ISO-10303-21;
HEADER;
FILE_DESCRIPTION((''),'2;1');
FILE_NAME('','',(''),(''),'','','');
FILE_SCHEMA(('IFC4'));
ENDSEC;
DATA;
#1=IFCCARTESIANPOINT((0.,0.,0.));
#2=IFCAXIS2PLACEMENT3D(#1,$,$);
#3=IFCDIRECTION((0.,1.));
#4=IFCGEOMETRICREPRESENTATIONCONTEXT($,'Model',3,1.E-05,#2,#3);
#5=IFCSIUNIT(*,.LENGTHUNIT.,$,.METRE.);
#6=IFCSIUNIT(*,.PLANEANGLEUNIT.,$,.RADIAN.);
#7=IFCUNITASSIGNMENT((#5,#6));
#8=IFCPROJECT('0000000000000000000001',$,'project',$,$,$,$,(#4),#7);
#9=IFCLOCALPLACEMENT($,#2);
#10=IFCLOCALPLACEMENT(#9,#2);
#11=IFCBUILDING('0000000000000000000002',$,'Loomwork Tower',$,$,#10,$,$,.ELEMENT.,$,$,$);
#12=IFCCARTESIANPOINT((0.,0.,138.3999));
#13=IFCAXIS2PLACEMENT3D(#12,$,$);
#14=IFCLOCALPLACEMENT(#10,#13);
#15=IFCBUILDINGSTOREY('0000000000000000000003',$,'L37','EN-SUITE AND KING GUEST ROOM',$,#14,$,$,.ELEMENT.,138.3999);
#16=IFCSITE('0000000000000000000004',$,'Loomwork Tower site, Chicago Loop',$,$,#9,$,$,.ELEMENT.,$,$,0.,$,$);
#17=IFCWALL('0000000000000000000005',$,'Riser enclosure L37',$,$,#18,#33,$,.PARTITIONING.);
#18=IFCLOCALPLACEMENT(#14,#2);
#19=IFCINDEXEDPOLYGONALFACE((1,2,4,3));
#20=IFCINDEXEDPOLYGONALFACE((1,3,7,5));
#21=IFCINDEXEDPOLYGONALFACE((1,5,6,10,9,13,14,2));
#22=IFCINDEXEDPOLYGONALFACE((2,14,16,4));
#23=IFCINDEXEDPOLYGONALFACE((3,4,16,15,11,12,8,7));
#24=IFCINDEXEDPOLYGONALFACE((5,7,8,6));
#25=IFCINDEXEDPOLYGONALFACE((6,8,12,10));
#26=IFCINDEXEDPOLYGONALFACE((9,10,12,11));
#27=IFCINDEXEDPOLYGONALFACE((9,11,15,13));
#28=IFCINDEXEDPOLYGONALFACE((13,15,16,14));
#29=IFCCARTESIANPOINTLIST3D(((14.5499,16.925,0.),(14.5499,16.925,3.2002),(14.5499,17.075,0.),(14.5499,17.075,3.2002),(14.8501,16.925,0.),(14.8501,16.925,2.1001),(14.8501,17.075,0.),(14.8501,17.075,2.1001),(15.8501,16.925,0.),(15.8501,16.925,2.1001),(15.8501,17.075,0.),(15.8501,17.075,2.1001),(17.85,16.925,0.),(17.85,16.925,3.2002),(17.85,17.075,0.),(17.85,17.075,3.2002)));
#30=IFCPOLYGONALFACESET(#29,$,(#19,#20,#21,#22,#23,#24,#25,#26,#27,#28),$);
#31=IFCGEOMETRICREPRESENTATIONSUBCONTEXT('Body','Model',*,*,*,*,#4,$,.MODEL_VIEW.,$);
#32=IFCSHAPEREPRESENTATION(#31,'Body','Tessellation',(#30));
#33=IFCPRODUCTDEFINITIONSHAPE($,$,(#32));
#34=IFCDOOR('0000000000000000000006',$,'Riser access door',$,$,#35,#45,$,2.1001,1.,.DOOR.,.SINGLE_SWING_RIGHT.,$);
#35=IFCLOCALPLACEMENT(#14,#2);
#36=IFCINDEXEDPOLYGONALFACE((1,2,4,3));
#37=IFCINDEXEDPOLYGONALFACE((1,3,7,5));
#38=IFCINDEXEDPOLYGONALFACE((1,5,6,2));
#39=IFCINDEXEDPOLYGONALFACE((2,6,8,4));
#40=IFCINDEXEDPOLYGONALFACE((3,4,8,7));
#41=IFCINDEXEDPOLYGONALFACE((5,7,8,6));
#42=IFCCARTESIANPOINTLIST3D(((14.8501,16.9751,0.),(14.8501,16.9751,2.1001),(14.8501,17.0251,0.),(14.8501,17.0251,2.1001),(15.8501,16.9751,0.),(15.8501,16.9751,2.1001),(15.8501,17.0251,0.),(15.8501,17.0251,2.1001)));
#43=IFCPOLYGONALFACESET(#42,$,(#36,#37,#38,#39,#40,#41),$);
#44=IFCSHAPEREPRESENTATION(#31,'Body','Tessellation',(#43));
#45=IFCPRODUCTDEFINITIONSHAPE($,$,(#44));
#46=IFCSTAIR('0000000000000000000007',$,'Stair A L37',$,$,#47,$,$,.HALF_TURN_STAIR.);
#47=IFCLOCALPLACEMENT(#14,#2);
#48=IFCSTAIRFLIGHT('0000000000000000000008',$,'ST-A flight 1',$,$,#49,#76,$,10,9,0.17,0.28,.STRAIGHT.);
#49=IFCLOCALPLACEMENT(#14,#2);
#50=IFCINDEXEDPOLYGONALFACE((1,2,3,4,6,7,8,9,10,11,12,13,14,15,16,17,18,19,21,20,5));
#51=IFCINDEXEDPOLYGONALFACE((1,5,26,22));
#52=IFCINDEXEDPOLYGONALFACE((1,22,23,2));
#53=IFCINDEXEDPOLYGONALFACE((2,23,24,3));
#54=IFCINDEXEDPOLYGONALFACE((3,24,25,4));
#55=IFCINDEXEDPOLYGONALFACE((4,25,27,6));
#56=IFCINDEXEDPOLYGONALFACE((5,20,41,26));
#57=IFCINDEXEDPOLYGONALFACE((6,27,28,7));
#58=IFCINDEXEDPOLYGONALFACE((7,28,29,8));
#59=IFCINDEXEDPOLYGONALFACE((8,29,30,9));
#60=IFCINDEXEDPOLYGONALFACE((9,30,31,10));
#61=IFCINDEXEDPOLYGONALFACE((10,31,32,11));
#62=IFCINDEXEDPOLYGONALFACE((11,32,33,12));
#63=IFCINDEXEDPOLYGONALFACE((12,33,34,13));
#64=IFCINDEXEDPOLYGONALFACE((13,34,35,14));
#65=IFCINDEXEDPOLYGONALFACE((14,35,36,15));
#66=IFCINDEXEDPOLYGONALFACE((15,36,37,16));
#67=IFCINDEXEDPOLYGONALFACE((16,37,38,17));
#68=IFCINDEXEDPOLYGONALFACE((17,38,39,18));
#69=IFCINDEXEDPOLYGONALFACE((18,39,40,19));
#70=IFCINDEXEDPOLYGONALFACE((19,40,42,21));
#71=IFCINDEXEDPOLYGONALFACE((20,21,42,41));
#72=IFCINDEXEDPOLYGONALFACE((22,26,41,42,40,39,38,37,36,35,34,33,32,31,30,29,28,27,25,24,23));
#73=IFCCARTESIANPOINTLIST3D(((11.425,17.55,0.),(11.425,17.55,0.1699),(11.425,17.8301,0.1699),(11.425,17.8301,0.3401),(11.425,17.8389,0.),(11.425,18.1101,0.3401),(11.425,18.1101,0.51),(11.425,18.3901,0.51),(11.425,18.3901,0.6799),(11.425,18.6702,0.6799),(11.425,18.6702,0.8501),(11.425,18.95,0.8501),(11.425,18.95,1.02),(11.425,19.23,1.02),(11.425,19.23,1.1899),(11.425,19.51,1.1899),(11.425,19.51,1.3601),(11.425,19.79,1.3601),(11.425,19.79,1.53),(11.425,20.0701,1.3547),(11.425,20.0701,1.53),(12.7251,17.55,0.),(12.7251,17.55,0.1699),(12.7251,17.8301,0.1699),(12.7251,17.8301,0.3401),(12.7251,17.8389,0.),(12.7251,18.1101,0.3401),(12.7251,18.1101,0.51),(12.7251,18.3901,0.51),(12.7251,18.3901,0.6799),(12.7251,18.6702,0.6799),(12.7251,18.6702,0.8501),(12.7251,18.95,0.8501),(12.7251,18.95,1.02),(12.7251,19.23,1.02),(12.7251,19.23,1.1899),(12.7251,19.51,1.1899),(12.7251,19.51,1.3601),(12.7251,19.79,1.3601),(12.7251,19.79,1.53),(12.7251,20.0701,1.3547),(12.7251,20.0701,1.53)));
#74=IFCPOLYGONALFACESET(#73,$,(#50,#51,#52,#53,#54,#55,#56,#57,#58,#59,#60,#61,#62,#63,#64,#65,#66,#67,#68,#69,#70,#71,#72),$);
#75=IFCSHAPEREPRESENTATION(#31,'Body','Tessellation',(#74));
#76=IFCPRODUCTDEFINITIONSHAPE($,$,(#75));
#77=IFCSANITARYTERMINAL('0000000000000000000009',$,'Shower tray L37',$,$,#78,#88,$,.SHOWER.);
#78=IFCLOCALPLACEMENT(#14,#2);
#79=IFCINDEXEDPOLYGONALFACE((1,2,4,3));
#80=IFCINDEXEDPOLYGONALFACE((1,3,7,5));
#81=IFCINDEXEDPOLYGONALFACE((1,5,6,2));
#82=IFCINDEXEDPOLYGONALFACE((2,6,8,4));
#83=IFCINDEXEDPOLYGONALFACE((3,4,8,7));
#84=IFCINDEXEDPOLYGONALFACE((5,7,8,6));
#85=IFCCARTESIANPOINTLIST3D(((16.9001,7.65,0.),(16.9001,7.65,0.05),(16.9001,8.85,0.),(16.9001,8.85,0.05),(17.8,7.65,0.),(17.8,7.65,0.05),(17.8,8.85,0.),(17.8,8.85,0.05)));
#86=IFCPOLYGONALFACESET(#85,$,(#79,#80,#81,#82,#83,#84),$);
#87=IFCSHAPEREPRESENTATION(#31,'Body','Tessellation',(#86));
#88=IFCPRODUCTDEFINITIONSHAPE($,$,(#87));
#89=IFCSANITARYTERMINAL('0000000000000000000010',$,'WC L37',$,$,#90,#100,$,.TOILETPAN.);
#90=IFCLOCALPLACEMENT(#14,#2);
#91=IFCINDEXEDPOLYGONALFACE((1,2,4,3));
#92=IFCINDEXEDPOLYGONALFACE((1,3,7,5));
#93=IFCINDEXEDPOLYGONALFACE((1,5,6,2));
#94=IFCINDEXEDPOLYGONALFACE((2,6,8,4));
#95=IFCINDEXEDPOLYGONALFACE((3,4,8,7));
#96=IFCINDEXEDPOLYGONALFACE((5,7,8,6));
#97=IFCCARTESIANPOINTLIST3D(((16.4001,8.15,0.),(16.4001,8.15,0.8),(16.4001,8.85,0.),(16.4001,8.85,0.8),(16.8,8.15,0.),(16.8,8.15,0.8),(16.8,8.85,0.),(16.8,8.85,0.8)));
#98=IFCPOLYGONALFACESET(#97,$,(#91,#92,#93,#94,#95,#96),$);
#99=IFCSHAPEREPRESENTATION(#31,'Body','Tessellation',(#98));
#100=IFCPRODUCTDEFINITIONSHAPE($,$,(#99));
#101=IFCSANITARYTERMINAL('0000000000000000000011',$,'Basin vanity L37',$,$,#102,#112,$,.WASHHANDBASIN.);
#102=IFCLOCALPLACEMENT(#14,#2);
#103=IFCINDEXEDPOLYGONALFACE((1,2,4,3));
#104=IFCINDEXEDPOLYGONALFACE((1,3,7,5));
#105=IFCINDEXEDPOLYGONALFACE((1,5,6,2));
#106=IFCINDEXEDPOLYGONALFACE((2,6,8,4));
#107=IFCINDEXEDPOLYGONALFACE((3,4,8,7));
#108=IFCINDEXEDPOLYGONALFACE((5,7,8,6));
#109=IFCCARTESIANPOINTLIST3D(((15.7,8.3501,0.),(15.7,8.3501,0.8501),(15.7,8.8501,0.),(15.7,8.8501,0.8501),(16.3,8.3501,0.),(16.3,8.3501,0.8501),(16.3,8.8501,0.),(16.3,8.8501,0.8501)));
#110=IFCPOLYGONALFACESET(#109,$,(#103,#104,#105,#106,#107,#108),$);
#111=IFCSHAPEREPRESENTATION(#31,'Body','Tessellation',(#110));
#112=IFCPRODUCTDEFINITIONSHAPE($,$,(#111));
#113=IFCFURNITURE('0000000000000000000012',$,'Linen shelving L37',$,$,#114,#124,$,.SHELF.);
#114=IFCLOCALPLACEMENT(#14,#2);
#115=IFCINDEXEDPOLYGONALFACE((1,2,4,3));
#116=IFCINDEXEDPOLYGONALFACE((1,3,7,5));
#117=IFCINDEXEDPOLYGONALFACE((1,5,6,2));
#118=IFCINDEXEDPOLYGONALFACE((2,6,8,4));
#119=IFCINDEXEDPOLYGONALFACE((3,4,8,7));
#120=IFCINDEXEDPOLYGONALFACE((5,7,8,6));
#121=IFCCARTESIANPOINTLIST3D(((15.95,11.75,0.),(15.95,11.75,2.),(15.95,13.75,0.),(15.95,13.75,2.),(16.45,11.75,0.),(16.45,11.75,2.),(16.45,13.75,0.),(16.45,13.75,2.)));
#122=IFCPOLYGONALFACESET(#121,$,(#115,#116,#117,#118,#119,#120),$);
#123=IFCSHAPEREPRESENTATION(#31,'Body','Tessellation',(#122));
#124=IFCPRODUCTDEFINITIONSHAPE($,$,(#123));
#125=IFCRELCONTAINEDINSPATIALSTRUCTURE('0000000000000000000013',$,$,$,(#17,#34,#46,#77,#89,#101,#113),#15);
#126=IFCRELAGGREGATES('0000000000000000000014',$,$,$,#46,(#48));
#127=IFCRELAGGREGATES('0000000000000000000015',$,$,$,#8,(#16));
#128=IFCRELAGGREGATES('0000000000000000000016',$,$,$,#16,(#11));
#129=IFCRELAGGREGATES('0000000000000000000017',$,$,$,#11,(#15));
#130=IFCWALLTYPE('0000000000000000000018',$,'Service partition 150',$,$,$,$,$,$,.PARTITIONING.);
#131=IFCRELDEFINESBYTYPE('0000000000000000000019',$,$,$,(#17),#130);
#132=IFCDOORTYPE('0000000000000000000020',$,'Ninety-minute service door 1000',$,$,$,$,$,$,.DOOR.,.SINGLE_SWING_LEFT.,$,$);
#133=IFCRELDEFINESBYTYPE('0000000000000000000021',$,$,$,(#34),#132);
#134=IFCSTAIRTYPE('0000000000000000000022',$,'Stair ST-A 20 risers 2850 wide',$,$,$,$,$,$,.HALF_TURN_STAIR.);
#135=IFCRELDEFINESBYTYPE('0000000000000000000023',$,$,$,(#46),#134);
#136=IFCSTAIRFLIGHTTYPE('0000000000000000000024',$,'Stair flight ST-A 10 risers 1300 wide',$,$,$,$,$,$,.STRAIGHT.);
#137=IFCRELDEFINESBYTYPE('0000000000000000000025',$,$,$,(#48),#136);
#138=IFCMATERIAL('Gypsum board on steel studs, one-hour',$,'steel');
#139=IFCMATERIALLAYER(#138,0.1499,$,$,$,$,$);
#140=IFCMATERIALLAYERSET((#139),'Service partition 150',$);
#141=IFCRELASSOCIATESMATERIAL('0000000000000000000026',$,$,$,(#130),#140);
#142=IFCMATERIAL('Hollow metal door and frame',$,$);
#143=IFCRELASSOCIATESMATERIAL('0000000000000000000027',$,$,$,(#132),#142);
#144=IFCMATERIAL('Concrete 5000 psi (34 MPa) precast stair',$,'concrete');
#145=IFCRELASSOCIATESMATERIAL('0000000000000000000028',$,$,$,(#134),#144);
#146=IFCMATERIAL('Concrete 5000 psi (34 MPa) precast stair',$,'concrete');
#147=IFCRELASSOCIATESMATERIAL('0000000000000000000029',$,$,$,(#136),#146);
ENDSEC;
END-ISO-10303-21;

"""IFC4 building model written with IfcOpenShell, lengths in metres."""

from ifc_helpers import new_model, si_unit, direction, frame, frame_2d, origin, origin_2d, place, context, subcontext, project, spatial, polyline, rectangle, outline, extrude, material, layer, layer_set, type_object, element, fill, aggregate, save


model = new_model("IFC4")

# Units and contexts
model_context = context("Model", 3, precision=1e-05, world=origin(), true_north=direction((0.0, 1.0)))
body_context = subcontext(model_context, "Body", "Model", "MODEL_VIEW")
ifc_project = project(units=[si_unit("LENGTHUNIT", "METRE"), si_unit("PLANEANGLEUNIT", "RADIAN")], contexts=[model_context])

# Site, building, storey
site_placement = place(None, origin())
site = spatial("IfcSite", under=ifc_project, at=site_placement, Name="Loomwork Tower site, Chicago Loop", CompositionType="ELEMENT", RefElevation=0.0)
building_placement = place(site_placement, origin())
building = spatial("IfcBuilding", under=site, at=building_placement, Name="Loomwork Tower", CompositionType="ELEMENT")
storey_placement = place(building_placement, frame((0.0, 0.0, 138.3999)))
storey = spatial("IfcBuildingStorey", under=building, at=storey_placement, Name="L37", Description="EN-SUITE AND KING GUEST ROOM", CompositionType="ELEMENT", Elevation=138.3999)

# Wall, opening, door
ifc_material_1 = material(Name="Gypsum board on steel studs, one-hour", Category="steel")
ifc_layer_1 = layer(ifc_material_1, 0.1499)
ifc_layer_set_1 = layer_set([ifc_layer_1], Name="Service partition 150")
wall_type_1 = type_object("IfcWallType", Name="Service partition 150", PredefinedType="PARTITIONING", material=ifc_layer_set_1)
wall_1_placement = place(storey_placement, frame((14.55, 17.0, 0.0), z_axis=(0.0, 0.0, 1.0), x_axis=(1.0, 0.0, 0.0)))
wall_1 = element("IfcWall", 1, at=wall_1_placement, inside=storey, type_object=wall_type_1, Name="Riser enclosure L37", PredefinedType="PARTITIONING", context=body_context, shape_type="SweptSolid", body=[
    extrude(rectangle(XDim=3.3, YDim=0.1499, at=frame_2d((1.6499, 0.0))), origin(), (0.0, 0.0, 1.0), 3.2002),
])
opening_1_placement = place(wall_1_placement, frame((0.3, 0.0, 0.0)))
opening_1 = element("IfcOpeningElement", 2, at=opening_1_placement, cuts=wall_1, PredefinedType="OPENING", context=body_context, shape_type="SweptSolid", body=[
    extrude(rectangle(XDim=1.0, YDim=2.1001, at=frame_2d((0.5, 1.05))), frame((0.0, 0.085, 0.0), z_axis=(0.0, -1.0, 0.0), x_axis=(1.0, 0.0, 0.0)), (0.0, 0.0, 1.0), 0.1699),
])
ifc_material_2 = material(Name="Hollow metal door and frame")
door_type_1 = type_object("IfcDoorType", Name="Ninety-minute service door 1000", OperationType="SINGLE_SWING_LEFT", PredefinedType="DOOR", material=ifc_material_2)
door_1_placement = place(opening_1_placement, frame((1.0, 0.0, 0.0), z_axis=(0.0, 0.0, 1.0), x_axis=(-1.0, 0.0, 0.0)))
door_1 = element("IfcDoor", 3, at=door_1_placement, inside=storey, type_object=door_type_1, Name="Riser access door", OperationType="SINGLE_SWING_RIGHT", OverallHeight=2.1001, OverallWidth=1.0, PredefinedType="DOOR", context=body_context, shape_type="SweptSolid", body=[
    extrude(rectangle(XDim=1.0, YDim=2.1001, at=frame_2d((0.5, 1.05))), frame((0.0, 0.0249, 0.0), z_axis=(0.0, -1.0, 0.0), x_axis=(1.0, 0.0, 0.0)), (0.0, 0.0, 1.0), 0.05),
])
fill(opening_1, door_1)

# Stair, stair flight
ifc_material_3 = material(Name="Concrete 5000 psi (34 MPa) precast stair", Category="concrete")
stair_type = type_object("IfcStairType", Name="Stair ST-A 20 risers 2850 wide", PredefinedType="HALF_TURN_STAIR", material=ifc_material_3)
stair_placement = place(storey_placement, origin())
stair = element("IfcStair", 4, at=stair_placement, inside=storey, type_object=stair_type, Name="Stair A L37", PredefinedType="HALF_TURN_STAIR")
ifc_material_4 = material(Name="Concrete 5000 psi (34 MPa) precast stair", Category="concrete")
stair_flight_type = type_object("IfcStairFlightType", Name="Stair flight ST-A 10 risers 1300 wide", PredefinedType="STRAIGHT", material=ifc_material_4)
stair_flight_placement = place(storey_placement, frame((12.075, 17.55, 0.0), z_axis=(0.0, 0.0, 1.0), x_axis=(0.0, 1.0, 0.0)))
stair_flight = element("IfcStairFlight", 5, at=stair_flight_placement, type_object=stair_flight_type, Name="ST-A flight 1", NumberOfRisers=10, NumberOfTreads=9, PredefinedType="STRAIGHT", RiserHeight=0.17, TreadLength=0.28, context=body_context, shape_type="SweptSolid", body=[
    extrude(outline(polyline([(0.0, 0.0), (0.0, 0.1699), (0.28, 0.1699), (0.28, 0.3401), (0.5601, 0.3401), (0.5601, 0.51), (0.8401, 0.51), (0.8401, 0.6799), (1.1201, 0.6799), (1.1201, 0.8501), (1.3999, 0.8501), (1.3999, 1.02), (1.6799, 1.02), (1.6799, 1.1899), (1.96, 1.1899), (1.96, 1.3601), (2.24, 1.3601), (2.24, 1.53), (2.52, 1.53), (2.52, 1.7), (2.52, 1.3547), (0.2888, 0.0), (0.0, 0.0)])), frame((0.0, 0.6499, 0.0), z_axis=(0.0, -1.0, 0.0), x_axis=(1.0, 0.0, 0.0)), (0.0, 0.0, 1.0), 1.3),
])
aggregate(stair, [stair_flight])

# Sanitary terminals
sanitary_terminal_1_placement = place(storey_placement, frame((17.3501, 8.25, 0.0), z_axis=(0.0, 0.0, 1.0), x_axis=(1.0, 0.0, 0.0)))
element("IfcSanitaryTerminal", 6, at=sanitary_terminal_1_placement, inside=storey, Name="Shower tray L37", PredefinedType="SHOWER", context=body_context, shape_type="SweptSolid", body=[
    extrude(rectangle(XDim=0.8999, YDim=1.2, at=origin_2d()), origin(), (0.0, 0.0, 1.0), 0.05),
])
sanitary_terminal_2_placement = place(storey_placement, frame((16.6001, 8.5, 0.0), z_axis=(0.0, 0.0, 1.0), x_axis=(1.0, 0.0, 0.0)))
element("IfcSanitaryTerminal", 7, at=sanitary_terminal_2_placement, inside=storey, Name="WC L37", PredefinedType="TOILETPAN", context=body_context, shape_type="SweptSolid", body=[
    extrude(rectangle(XDim=0.3999, YDim=0.7, at=origin_2d()), origin(), (0.0, 0.0, 1.0), 0.8),
])
sanitary_terminal_3_placement = place(storey_placement, frame((16.0, 8.6001, 0.0), z_axis=(0.0, 0.0, 1.0), x_axis=(1.0, 0.0, 0.0)))
element("IfcSanitaryTerminal", 8, at=sanitary_terminal_3_placement, inside=storey, Name="Basin vanity L37", PredefinedType="WASHHANDBASIN", context=body_context, shape_type="SweptSolid", body=[
    extrude(rectangle(XDim=0.6001, YDim=0.5, at=origin_2d()), origin(), (0.0, 0.0, 1.0), 0.8501),
])

# Furniture
furniture_placement = place(storey_placement, frame((16.2, 12.75, 0.0), z_axis=(0.0, 0.0, 1.0), x_axis=(1.0, 0.0, 0.0)))
element("IfcFurniture", 9, at=furniture_placement, inside=storey, Name="Linen shelving L37", PredefinedType="SHELF", context=body_context, shape_type="SweptSolid", body=[
    extrude(rectangle(XDim=0.5, YDim=2.0, at=origin_2d()), origin(), (0.0, 0.0, 1.0), 2.0),
])

save(model, "model.ifc")
